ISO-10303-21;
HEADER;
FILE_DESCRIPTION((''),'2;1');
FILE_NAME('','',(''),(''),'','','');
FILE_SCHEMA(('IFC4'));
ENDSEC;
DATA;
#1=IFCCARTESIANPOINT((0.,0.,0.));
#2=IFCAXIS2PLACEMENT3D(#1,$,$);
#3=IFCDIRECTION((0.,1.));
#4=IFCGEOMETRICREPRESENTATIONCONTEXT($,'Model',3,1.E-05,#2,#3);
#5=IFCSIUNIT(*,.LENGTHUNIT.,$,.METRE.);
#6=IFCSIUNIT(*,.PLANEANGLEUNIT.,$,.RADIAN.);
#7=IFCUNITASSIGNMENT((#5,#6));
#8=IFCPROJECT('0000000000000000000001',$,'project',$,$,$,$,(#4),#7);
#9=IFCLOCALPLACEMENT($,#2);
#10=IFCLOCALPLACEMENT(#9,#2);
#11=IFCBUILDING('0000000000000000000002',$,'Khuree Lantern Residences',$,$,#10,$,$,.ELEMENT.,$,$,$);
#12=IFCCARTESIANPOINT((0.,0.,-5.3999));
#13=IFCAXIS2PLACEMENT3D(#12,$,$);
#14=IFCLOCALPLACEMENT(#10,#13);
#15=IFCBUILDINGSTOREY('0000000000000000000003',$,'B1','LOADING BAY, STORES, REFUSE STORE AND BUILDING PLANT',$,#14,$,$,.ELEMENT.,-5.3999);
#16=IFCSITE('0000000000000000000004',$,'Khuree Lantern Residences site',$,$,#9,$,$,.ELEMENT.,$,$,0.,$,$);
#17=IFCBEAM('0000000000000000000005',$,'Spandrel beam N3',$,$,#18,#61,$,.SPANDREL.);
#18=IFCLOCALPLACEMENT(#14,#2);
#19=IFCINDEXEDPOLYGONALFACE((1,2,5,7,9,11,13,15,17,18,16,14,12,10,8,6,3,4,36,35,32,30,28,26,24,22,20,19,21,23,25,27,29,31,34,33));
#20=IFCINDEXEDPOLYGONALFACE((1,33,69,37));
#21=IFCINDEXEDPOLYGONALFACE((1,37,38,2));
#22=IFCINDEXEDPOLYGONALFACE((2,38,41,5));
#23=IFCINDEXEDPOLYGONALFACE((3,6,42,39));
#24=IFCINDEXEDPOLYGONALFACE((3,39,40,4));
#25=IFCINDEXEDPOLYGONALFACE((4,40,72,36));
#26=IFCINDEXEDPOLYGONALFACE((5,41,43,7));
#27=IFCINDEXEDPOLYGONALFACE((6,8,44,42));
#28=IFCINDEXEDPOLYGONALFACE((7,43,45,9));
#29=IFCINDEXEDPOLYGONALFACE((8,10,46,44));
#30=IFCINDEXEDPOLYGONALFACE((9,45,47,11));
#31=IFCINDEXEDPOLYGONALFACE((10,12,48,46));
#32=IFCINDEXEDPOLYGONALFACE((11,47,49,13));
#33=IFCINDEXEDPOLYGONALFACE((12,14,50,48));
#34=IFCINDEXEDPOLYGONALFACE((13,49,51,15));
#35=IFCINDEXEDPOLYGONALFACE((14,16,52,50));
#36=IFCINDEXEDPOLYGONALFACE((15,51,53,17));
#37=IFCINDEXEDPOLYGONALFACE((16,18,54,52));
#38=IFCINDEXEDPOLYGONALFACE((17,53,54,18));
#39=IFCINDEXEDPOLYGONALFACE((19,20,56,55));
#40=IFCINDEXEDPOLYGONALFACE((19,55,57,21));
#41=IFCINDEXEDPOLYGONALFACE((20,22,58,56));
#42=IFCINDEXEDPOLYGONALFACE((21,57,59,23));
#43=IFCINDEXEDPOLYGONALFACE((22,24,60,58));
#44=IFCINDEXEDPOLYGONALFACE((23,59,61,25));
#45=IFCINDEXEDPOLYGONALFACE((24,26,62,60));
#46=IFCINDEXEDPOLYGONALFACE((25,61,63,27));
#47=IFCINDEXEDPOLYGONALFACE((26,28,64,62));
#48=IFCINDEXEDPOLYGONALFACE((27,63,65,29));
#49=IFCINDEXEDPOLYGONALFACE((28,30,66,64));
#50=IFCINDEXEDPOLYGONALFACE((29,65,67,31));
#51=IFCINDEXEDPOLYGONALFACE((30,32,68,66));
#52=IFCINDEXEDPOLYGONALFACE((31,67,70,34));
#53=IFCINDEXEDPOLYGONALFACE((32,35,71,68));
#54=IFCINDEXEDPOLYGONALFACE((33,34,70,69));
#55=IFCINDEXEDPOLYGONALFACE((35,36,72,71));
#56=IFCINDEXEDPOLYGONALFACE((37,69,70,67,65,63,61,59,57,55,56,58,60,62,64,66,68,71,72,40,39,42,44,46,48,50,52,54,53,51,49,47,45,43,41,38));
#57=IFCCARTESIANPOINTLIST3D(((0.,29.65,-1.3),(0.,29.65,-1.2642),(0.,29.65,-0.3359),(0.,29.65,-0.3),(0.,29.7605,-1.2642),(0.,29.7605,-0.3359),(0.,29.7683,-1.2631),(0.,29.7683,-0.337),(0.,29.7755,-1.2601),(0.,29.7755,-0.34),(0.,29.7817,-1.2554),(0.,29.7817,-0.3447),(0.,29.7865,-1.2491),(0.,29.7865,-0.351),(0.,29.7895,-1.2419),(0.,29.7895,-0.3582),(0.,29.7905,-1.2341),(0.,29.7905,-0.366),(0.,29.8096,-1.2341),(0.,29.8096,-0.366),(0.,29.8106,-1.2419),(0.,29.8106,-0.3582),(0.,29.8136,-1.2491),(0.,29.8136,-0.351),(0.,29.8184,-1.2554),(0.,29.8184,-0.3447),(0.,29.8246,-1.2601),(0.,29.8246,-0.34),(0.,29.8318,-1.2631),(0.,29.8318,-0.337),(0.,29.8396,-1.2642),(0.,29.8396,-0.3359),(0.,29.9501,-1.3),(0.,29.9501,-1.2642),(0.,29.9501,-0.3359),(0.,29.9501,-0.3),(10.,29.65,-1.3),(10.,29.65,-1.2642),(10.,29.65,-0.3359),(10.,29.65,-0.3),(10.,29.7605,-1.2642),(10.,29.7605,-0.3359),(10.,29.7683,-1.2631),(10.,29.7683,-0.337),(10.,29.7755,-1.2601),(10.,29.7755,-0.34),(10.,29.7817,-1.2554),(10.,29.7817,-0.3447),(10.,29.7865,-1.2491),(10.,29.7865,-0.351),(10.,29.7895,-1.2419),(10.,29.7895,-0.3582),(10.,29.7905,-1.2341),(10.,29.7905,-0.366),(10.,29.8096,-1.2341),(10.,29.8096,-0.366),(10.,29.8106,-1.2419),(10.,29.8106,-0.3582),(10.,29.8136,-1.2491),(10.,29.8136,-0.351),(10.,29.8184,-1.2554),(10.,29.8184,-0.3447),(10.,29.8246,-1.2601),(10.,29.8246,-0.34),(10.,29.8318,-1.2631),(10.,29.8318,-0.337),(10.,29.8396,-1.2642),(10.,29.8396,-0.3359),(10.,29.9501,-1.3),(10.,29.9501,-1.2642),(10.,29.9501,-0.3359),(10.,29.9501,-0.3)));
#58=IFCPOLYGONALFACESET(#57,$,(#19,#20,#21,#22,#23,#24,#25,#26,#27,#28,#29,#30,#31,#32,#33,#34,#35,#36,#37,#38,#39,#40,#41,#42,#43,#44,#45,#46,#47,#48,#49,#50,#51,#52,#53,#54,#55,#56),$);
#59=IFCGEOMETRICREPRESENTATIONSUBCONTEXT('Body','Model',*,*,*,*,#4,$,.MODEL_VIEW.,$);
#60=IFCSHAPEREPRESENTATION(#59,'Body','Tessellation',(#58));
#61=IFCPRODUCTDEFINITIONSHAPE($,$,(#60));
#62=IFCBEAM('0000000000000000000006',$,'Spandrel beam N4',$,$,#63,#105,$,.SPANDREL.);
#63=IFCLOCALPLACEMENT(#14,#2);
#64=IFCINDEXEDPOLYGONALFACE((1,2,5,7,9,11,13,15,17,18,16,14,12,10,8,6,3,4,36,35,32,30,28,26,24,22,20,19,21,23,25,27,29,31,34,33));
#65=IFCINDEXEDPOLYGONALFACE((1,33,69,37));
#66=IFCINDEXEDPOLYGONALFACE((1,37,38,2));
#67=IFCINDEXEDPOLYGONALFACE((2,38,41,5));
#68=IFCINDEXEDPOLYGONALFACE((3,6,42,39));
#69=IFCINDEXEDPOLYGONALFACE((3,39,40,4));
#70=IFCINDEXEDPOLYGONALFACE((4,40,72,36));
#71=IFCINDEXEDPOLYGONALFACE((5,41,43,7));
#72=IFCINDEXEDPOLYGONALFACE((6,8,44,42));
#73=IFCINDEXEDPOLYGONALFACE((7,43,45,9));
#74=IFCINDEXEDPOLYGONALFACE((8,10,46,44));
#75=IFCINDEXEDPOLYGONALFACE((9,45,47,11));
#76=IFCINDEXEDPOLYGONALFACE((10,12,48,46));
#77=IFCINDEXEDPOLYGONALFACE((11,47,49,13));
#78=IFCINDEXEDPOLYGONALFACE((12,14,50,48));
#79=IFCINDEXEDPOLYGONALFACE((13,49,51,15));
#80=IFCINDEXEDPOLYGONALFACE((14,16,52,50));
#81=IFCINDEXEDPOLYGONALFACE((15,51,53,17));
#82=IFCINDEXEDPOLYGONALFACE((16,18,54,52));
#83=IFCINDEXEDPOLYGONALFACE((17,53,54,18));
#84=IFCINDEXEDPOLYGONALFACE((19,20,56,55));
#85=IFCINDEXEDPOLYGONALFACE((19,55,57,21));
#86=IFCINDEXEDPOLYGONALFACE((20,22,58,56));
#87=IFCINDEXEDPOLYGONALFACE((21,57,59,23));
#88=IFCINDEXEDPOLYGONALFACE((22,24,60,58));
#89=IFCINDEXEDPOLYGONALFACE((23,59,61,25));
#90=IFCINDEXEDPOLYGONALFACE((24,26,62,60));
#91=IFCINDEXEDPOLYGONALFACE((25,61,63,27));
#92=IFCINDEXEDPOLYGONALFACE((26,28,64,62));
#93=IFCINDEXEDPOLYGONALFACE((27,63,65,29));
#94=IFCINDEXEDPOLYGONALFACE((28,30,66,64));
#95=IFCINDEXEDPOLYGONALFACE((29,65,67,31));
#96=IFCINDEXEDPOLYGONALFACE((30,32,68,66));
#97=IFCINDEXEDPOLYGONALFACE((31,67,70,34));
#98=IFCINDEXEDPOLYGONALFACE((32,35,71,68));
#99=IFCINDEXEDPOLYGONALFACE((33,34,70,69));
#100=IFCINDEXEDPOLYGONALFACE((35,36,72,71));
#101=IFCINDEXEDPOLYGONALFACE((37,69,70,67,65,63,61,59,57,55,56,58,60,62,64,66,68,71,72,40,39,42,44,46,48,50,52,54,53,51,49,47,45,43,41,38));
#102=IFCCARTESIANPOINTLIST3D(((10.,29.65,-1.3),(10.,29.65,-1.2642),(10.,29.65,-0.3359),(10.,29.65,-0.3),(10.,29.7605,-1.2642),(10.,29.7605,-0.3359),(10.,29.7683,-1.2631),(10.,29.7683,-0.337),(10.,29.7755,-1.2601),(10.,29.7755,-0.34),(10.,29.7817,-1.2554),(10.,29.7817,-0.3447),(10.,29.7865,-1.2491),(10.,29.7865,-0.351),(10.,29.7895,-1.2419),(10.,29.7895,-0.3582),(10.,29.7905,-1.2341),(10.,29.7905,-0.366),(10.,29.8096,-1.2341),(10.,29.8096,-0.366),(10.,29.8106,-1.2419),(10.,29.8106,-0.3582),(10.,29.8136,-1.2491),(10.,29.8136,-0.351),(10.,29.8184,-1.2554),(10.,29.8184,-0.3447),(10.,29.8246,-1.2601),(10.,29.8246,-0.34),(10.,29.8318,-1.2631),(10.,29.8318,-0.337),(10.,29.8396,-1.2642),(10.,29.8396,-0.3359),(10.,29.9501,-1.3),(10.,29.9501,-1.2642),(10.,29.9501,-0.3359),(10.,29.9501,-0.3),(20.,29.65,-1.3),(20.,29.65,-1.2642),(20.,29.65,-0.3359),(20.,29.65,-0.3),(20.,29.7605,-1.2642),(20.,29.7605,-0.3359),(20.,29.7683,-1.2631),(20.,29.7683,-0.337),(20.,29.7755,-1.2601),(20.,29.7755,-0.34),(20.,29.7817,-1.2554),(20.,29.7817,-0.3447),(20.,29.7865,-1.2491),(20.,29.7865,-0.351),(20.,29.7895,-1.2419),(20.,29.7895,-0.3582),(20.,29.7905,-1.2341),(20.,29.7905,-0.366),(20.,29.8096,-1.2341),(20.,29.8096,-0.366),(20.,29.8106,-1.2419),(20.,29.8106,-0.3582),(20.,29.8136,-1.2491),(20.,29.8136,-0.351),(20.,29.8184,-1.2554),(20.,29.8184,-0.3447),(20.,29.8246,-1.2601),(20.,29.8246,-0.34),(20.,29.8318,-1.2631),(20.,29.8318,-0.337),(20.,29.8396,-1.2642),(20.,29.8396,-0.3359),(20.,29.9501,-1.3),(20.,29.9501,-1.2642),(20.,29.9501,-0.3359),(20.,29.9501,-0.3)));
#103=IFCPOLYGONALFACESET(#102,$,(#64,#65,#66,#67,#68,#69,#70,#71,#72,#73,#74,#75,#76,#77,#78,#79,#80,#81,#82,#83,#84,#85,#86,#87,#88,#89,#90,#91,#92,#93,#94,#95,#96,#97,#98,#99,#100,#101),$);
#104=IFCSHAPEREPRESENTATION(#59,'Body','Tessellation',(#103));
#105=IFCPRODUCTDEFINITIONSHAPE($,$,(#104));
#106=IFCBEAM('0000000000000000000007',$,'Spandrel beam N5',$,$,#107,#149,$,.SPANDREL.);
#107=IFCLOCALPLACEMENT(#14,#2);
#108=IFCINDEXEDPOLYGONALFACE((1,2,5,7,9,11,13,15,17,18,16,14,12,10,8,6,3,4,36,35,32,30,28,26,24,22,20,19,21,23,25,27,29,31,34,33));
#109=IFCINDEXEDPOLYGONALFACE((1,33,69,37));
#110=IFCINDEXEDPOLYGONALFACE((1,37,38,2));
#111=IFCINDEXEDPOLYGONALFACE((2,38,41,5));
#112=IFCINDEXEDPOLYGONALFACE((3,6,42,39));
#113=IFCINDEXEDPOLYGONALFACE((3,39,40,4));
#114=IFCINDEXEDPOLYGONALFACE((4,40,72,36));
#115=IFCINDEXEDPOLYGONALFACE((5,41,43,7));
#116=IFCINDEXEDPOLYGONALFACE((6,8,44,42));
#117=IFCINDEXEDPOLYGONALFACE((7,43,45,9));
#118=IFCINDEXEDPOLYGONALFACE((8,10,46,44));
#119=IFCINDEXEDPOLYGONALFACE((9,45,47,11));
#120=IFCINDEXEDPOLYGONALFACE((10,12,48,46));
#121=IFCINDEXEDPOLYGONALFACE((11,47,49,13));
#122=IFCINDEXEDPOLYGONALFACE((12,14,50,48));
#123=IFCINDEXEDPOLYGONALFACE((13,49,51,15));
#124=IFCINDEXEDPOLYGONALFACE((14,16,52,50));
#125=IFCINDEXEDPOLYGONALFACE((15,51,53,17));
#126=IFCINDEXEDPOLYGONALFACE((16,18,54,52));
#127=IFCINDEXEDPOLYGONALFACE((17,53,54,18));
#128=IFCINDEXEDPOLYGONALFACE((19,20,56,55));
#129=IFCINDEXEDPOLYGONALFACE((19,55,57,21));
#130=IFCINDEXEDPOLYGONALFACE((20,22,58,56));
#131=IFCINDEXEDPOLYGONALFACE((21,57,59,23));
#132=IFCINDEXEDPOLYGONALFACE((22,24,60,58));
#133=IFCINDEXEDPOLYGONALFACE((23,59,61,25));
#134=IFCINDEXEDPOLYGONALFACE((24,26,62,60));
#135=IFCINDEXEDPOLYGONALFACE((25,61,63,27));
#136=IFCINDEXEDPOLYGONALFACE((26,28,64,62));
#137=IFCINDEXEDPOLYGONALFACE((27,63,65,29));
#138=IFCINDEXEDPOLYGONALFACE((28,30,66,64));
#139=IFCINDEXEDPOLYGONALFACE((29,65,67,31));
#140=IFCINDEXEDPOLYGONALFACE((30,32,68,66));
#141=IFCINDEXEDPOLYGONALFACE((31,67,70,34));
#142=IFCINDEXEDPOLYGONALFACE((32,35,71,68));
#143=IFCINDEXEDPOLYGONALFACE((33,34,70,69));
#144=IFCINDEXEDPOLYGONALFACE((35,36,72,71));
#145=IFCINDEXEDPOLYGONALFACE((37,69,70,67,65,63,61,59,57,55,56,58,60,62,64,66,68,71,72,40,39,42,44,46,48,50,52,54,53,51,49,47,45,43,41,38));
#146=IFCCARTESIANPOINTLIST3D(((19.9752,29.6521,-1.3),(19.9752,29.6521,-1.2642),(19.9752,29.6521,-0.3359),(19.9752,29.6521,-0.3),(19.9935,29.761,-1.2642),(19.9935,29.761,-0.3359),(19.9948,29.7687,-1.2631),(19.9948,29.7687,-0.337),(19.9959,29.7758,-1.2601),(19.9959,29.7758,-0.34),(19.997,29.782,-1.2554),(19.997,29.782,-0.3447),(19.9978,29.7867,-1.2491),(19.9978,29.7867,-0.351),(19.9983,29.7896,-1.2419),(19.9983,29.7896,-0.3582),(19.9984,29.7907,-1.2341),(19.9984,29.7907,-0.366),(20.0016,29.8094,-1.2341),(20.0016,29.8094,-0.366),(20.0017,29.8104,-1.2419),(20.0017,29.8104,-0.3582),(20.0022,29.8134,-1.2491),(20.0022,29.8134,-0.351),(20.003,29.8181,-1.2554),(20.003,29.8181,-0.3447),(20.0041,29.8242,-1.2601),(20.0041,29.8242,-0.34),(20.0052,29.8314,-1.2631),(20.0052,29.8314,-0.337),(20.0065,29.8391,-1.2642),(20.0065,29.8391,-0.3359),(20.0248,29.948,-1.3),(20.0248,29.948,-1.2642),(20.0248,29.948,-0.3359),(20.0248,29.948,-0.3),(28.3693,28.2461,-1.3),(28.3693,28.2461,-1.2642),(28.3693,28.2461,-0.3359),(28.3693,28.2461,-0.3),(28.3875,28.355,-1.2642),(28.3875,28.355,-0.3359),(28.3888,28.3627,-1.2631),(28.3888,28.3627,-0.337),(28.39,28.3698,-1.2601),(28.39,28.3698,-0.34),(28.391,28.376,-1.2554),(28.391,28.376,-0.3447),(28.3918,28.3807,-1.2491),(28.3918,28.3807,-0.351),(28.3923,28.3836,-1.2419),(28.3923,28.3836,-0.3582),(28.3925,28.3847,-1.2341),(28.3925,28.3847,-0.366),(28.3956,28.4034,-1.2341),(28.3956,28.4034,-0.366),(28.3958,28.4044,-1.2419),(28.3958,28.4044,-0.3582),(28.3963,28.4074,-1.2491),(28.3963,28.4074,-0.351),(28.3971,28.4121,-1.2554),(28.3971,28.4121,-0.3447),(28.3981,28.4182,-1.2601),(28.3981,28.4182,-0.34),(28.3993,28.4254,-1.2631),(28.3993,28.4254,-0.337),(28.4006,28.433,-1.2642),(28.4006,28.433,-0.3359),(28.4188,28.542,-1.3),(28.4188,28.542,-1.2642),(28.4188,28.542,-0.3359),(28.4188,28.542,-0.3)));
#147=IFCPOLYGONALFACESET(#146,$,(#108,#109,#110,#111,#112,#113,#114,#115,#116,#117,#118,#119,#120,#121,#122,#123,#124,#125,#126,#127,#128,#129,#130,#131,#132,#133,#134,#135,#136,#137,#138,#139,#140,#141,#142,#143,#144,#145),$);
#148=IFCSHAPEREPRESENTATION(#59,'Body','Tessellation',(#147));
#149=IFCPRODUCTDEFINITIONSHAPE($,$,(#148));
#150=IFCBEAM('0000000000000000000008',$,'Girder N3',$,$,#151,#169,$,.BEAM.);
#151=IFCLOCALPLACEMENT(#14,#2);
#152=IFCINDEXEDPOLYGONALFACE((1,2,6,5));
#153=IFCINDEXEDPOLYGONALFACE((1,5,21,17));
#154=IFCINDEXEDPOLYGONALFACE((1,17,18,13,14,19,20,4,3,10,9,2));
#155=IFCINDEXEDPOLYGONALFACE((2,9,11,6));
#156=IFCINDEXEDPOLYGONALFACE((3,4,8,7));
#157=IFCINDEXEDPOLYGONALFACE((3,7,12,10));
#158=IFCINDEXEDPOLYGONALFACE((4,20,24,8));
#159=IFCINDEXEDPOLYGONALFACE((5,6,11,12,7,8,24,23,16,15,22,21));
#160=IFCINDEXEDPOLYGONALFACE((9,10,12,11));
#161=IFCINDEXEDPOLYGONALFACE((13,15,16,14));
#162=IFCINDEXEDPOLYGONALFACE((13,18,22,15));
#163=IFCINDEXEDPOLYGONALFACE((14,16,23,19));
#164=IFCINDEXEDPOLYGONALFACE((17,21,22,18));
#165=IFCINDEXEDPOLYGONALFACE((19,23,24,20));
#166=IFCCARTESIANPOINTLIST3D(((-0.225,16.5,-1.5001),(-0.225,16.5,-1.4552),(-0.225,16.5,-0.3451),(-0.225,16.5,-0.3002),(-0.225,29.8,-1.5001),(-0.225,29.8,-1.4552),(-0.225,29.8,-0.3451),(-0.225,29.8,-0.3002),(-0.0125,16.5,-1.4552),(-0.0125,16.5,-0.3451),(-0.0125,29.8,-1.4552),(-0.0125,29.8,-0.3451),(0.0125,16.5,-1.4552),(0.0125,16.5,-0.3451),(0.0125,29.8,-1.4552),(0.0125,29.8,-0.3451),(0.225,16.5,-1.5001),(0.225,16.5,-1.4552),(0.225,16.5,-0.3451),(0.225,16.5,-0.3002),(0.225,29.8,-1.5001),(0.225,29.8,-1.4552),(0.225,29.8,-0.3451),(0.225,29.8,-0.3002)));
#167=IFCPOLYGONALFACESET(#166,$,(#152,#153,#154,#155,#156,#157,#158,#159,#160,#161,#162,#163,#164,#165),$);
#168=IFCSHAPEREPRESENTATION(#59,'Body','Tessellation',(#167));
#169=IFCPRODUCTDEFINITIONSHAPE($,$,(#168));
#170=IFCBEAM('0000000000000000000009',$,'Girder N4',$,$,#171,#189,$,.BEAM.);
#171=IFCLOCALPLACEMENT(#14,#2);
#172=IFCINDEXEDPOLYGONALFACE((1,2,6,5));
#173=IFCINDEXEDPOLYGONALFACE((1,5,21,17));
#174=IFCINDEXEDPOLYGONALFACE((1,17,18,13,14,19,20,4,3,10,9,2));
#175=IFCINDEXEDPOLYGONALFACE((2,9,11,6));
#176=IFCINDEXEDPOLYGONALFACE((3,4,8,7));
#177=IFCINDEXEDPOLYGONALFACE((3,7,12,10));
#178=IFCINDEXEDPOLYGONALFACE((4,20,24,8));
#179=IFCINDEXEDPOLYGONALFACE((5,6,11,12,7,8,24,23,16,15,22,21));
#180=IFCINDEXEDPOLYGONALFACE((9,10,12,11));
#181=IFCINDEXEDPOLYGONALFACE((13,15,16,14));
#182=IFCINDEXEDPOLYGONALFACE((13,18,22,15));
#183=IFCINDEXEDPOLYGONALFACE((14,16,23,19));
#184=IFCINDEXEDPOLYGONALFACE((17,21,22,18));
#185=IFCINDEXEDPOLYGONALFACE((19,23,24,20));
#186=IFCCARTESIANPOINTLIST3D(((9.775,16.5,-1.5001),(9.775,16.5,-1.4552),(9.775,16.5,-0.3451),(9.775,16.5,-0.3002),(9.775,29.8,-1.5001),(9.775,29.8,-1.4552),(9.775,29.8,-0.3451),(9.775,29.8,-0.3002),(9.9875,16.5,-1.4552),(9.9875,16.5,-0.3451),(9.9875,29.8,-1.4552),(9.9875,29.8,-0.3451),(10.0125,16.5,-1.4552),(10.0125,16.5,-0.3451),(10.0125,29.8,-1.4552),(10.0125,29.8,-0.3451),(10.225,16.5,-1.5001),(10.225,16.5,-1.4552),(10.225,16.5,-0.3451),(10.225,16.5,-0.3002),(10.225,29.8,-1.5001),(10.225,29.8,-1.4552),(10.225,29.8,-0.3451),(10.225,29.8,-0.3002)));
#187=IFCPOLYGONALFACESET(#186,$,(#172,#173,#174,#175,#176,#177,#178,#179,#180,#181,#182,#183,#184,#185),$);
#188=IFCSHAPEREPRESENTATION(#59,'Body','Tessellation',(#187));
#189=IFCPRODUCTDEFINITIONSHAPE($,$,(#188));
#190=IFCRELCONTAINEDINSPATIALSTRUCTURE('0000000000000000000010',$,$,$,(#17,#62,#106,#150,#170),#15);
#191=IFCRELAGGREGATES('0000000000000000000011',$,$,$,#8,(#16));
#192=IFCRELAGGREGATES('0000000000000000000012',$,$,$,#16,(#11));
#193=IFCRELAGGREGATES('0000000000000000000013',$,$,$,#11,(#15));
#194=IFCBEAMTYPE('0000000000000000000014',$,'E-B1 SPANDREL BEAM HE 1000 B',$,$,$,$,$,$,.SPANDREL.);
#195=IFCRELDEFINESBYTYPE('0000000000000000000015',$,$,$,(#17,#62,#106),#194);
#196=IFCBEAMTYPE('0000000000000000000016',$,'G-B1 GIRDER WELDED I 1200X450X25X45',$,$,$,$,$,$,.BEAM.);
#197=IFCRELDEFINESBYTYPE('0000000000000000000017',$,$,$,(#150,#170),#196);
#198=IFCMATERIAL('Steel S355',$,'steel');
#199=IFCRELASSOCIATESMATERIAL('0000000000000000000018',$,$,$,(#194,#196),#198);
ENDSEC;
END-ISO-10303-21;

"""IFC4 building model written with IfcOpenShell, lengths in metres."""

from ifc_helpers import new_model, si_unit, direction, frame, origin, origin_2d, place, context, subcontext, project, spatial, i_section, extrude, material, material_profile, profile_set, type_object, element, save


model = new_model("IFC4")

# Units and contexts
model_context = context("Model", 3, precision=1e-05, world=origin(), true_north=direction((0.0, 1.0)))
body_context = subcontext(model_context, "Body", "Model", "MODEL_VIEW")
ifc_project = project(units=[si_unit("LENGTHUNIT", "METRE"), si_unit("PLANEANGLEUNIT", "RADIAN")], contexts=[model_context])

# Site, building, storey
site_placement = place(None, origin())
site = spatial("IfcSite", under=ifc_project, at=site_placement, Name="Khuree Lantern Residences site", CompositionType="ELEMENT", RefElevation=0.0)
building_placement = place(site_placement, origin())
building = spatial("IfcBuilding", under=site, at=building_placement, Name="Khuree Lantern Residences", CompositionType="ELEMENT")
storey_placement = place(building_placement, frame((0.0, 0.0, -5.3999)))
storey = spatial("IfcBuildingStorey", under=building, at=storey_placement, Name="B1", Description="LOADING BAY, STORES, REFUSE STORE AND BUILDING PLANT", CompositionType="ELEMENT", Elevation=-5.3999)

# Beams
ifc_material_1 = material(Name="Steel S355", Category="steel")
ifc_material_profile_1 = material_profile(ifc_material_1, i_section(OverallWidth=0.3, OverallDepth=1.0, WebThickness=0.019, FlangeThickness=0.0359, FilletRadius=0.03, at=origin_2d()), Name="HE 1000 B")
ifc_profile_set_1 = profile_set([ifc_material_profile_1], Name="Steel S355")
beam_type_1 = type_object("IfcBeamType", Name="E-B1 SPANDREL BEAM HE 1000 B", PredefinedType="SPANDREL", material=ifc_profile_set_1)
for number, where, z_axis, x_axis, name in (
    (1, (0.0, 29.8, -0.8), (1.0, 0.0, 0.0), (0.0, 1.0, 0.0), "Spandrel beam N3"),
    (2, (10.0, 29.8, -0.8), (1.0, 0.0, 0.0), (0.0, 1.0, 0.0), "Spandrel beam N4"),
):
    element("IfcBeam", number, at=place(storey_placement, frame(where, z_axis=z_axis, x_axis=x_axis)), inside=storey, type_object=beam_type_1, Name=name, PredefinedType="SPANDREL", context=body_context, shape_type="SweptSolid", body=[
        extrude(i_section(OverallWidth=0.3, OverallDepth=1.0, WebThickness=0.019, FlangeThickness=0.0359, FilletRadius=0.03, at=origin_2d()), origin(), (0.0, 0.0, 1.0), 10.0),
    ])
beam_1_placement = place(storey_placement, frame((20.0, 29.8, -0.8), z_axis=(0.98626, -0.165199, 0.0), x_axis=(0.165199, 0.98626, 0.0)))
element("IfcBeam", 3, at=beam_1_placement, inside=storey, type_object=beam_type_1, Name="Spandrel beam N5", PredefinedType="SPANDREL", context=body_context, shape_type="SweptSolid", body=[
    extrude(i_section(OverallWidth=0.3, OverallDepth=1.0, WebThickness=0.019, FlangeThickness=0.0359, FilletRadius=0.03, at=origin_2d()), origin(), (0.0, 0.0, 1.0), 8.511),
])
ifc_material_profile_2 = material_profile(ifc_material_1, i_section(OverallWidth=0.45, OverallDepth=1.2, WebThickness=0.0249, FlangeThickness=0.0449, at=origin_2d()), Name="WELDED I 1200X450X25X45")
ifc_profile_set_2 = profile_set([ifc_material_profile_2], Name="Steel S355")
beam_type_2 = type_object("IfcBeamType", Name="G-B1 GIRDER WELDED I 1200X450X25X45", PredefinedType="BEAM", material=ifc_profile_set_2)
for number, where, z_axis, x_axis, name in (
    (4, (0.0, 29.8, -0.9001), (0.0, -1.0, 0.0), (1.0, 0.0, 0.0), "Girder N3"),
    (5, (10.0, 29.8, -0.9001), (0.0, -1.0, 0.0), (1.0, 0.0, 0.0), "Girder N4"),
):
    element("IfcBeam", number, at=place(storey_placement, frame(where, z_axis=z_axis, x_axis=x_axis)), inside=storey, type_object=beam_type_2, Name=name, PredefinedType="BEAM", context=body_context, shape_type="SweptSolid", body=[
        extrude(i_section(OverallWidth=0.45, OverallDepth=1.2, WebThickness=0.0249, FlangeThickness=0.0449, at=origin_2d()), origin(), (0.0, 0.0, 1.0), 13.3),
    ])

save(model, "model.ifc")
